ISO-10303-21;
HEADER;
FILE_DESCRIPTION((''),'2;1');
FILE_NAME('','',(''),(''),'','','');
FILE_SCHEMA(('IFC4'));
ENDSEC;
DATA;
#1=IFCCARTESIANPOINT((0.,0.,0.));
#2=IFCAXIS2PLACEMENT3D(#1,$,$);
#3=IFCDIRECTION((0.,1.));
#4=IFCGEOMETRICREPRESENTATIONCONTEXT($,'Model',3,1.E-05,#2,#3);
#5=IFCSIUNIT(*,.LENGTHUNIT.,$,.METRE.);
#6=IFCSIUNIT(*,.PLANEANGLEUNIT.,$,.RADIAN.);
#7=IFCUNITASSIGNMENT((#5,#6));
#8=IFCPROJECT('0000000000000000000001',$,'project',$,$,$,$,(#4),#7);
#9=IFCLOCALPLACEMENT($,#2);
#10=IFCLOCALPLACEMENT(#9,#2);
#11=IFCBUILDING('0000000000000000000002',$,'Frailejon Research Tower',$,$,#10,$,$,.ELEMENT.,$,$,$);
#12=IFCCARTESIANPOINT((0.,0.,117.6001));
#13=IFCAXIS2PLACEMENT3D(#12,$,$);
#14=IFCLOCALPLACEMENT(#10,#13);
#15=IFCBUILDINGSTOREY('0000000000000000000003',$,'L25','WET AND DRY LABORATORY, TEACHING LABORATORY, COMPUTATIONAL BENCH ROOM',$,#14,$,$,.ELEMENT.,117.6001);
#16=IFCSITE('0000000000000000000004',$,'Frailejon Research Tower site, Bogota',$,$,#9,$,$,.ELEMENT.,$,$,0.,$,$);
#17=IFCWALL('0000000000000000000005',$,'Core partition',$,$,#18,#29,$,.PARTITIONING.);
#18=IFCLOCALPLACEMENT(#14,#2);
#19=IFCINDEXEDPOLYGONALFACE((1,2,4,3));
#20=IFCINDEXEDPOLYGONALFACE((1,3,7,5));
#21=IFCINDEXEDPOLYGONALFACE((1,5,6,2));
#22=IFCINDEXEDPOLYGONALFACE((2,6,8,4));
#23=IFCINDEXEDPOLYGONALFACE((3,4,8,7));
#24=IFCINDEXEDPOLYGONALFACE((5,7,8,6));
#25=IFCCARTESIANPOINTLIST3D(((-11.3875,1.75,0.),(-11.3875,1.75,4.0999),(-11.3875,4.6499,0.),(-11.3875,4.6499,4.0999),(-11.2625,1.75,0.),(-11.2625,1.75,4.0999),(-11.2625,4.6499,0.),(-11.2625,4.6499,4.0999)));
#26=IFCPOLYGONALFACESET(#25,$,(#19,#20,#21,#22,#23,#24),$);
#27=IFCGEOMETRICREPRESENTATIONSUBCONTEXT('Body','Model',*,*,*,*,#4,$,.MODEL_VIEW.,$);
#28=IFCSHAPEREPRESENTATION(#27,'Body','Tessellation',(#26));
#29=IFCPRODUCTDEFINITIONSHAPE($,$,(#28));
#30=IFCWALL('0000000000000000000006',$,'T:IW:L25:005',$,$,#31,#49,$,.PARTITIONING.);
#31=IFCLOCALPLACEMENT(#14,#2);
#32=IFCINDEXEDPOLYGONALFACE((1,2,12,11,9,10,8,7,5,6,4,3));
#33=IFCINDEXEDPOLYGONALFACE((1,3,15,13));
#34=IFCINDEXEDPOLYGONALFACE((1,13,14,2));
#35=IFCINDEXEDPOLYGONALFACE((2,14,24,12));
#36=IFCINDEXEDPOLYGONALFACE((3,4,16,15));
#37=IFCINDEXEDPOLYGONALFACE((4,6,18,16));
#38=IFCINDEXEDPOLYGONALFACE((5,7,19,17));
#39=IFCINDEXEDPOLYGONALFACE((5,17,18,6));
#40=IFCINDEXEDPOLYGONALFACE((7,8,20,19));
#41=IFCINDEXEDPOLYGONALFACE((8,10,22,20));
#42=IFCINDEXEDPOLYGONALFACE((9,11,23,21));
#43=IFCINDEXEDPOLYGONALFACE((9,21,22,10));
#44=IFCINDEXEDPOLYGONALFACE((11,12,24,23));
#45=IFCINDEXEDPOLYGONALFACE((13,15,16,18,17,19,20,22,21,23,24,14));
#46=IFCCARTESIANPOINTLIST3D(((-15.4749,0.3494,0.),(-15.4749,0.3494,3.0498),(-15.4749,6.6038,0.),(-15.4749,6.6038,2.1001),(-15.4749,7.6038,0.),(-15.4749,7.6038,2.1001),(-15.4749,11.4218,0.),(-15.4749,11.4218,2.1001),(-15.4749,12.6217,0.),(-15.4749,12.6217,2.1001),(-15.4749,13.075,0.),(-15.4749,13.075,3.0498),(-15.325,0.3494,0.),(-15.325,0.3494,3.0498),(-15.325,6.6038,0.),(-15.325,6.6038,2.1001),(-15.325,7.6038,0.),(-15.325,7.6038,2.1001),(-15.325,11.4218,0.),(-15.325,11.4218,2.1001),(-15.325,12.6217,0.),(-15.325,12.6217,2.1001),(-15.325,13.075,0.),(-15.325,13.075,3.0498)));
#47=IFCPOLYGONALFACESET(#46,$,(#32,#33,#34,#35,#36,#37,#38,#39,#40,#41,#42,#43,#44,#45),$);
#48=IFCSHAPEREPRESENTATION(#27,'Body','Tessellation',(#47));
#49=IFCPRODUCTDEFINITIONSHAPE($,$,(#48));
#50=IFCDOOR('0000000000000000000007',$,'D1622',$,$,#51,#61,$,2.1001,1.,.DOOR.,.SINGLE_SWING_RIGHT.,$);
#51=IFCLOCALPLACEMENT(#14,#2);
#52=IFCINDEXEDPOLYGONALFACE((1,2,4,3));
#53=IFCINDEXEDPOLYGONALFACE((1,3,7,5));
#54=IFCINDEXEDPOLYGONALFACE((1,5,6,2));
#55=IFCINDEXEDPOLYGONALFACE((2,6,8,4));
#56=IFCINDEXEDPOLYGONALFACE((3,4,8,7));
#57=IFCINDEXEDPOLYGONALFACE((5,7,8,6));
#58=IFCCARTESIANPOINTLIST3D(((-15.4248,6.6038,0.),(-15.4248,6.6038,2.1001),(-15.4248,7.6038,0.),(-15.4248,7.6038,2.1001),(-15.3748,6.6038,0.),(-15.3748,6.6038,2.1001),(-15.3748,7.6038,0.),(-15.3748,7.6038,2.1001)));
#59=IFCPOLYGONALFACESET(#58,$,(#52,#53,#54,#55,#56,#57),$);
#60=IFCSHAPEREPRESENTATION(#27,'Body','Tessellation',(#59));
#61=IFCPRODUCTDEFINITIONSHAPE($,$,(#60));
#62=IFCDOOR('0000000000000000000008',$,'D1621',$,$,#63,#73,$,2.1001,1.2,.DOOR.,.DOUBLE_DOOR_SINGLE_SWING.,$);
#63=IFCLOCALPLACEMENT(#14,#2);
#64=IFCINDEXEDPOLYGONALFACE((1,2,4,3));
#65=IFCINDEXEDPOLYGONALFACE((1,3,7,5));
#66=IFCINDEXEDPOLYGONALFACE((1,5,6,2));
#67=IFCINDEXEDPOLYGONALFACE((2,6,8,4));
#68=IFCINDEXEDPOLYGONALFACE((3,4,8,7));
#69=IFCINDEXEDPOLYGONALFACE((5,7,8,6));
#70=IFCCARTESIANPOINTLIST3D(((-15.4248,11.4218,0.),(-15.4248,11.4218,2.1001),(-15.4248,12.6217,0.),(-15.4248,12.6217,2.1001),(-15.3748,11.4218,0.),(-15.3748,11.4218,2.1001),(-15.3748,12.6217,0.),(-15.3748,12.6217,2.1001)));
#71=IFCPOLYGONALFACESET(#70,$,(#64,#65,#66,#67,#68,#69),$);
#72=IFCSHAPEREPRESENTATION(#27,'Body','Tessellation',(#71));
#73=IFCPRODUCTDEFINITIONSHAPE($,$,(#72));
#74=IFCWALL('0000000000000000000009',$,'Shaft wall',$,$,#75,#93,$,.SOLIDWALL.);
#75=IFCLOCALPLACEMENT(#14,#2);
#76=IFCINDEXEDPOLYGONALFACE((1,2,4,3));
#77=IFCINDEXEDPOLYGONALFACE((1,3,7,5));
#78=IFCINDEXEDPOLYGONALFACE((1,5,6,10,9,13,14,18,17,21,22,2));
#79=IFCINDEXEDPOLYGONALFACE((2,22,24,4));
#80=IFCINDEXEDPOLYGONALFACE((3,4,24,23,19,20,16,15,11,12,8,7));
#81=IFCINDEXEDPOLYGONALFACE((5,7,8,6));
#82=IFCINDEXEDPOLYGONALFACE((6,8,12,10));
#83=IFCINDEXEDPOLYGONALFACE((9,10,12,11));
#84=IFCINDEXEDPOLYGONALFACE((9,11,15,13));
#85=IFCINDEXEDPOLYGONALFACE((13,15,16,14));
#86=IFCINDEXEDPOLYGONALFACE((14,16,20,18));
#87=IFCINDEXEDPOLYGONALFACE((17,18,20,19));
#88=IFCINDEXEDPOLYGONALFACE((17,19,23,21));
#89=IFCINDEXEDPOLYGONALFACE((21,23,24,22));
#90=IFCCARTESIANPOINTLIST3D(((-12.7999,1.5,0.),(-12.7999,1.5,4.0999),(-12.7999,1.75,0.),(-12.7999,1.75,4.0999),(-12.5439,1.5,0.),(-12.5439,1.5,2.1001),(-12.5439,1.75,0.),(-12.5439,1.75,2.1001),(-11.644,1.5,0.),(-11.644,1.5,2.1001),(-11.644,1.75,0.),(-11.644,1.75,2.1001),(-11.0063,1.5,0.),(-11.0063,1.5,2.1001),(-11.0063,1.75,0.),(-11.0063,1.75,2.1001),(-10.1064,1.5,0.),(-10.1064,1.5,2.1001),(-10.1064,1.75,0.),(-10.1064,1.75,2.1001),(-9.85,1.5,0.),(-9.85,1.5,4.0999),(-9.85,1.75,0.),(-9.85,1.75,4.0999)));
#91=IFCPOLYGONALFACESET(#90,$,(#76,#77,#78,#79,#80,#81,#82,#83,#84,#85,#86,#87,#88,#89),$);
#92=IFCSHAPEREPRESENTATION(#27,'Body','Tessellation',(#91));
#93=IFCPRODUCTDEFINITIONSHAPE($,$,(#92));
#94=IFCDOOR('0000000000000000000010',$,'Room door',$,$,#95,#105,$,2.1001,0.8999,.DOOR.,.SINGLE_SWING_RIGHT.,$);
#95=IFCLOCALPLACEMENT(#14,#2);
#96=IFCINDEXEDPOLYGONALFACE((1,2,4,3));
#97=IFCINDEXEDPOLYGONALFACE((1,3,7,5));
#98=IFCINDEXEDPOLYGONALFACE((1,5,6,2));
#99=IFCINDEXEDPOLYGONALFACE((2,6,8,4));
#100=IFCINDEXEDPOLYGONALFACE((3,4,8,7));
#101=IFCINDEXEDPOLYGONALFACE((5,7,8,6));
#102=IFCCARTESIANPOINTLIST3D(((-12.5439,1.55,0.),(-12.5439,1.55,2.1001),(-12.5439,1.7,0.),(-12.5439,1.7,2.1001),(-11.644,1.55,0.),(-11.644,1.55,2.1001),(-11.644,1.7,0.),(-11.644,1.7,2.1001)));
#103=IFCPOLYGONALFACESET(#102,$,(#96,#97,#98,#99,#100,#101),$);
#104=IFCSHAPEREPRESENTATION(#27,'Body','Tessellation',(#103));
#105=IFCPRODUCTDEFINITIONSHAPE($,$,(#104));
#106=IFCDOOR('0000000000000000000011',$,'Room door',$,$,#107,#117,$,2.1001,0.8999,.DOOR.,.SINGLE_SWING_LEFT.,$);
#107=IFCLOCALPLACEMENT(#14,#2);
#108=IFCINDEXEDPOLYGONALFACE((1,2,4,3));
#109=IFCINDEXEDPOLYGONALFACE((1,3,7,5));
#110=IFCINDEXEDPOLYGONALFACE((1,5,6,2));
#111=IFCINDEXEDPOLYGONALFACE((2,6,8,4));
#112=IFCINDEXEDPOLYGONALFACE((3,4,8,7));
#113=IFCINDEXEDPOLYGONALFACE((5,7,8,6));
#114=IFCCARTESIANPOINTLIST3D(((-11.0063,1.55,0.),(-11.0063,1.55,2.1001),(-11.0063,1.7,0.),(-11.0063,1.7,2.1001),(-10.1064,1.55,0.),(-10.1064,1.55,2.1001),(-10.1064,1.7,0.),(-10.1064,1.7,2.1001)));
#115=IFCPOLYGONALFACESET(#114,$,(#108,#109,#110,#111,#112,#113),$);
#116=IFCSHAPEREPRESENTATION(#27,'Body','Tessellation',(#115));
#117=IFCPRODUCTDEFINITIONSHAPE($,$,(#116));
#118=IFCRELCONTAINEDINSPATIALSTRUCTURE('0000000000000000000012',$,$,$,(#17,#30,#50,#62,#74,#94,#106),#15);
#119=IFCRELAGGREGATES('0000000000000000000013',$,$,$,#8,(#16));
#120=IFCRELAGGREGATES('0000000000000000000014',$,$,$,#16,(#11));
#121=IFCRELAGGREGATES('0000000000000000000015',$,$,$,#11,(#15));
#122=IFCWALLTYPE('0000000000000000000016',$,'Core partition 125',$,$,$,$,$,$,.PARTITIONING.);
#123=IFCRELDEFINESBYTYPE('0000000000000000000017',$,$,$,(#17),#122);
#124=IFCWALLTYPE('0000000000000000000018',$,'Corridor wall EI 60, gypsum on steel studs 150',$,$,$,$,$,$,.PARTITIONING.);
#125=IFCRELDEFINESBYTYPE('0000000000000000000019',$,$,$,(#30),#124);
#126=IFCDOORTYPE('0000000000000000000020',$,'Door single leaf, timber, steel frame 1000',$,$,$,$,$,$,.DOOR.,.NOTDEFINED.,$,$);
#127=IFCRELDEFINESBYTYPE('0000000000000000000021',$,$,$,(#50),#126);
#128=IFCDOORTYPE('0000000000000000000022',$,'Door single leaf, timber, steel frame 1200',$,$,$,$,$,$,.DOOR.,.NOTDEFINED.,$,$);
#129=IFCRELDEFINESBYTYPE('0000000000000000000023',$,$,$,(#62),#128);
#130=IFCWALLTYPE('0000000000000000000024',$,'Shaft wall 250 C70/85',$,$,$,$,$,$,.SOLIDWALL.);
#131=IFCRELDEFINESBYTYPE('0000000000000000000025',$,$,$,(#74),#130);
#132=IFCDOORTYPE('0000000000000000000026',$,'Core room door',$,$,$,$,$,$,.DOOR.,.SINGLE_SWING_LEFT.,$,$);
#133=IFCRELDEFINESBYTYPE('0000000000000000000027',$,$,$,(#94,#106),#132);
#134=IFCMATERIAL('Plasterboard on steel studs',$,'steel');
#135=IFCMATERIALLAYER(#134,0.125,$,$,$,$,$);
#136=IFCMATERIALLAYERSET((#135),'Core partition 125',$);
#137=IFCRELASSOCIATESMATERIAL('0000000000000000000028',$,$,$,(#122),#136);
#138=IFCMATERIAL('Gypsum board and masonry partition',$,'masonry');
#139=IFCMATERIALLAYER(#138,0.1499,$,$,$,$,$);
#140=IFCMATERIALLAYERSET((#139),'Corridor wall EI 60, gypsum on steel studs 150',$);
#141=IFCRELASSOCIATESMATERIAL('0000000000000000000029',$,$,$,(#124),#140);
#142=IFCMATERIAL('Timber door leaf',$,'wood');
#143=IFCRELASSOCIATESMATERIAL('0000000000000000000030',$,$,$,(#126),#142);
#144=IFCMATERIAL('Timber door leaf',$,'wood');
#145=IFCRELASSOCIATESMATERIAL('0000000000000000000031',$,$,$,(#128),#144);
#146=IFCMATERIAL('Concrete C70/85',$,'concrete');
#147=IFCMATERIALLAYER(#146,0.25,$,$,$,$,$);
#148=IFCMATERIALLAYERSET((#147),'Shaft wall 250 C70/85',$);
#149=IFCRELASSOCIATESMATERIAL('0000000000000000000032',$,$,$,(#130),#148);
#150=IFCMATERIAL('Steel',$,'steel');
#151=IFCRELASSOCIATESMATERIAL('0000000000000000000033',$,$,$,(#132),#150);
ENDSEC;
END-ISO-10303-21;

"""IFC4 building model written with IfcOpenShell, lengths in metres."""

from ifc_helpers import new_model, si_unit, direction, frame, frame_2d, origin, place, context, subcontext, project, spatial, rectangle, extrude, material, layer, layer_set, type_object, element, fill, save


model = new_model("IFC4")

# Units and contexts
model_context = context("Model", 3, precision=1e-05, world=origin(), true_north=direction((0.0, 1.0)))
body_context = subcontext(model_context, "Body", "Model", "MODEL_VIEW")
ifc_project = project(units=[si_unit("LENGTHUNIT", "METRE"), si_unit("PLANEANGLEUNIT", "RADIAN")], contexts=[model_context])

# Site, building, storey
site_placement = place(None, origin())
site = spatial("IfcSite", under=ifc_project, at=site_placement, Name="Frailejon Research Tower site, Bogota", CompositionType="ELEMENT", RefElevation=0.0)
building_placement = place(site_placement, origin())
building = spatial("IfcBuilding", under=site, at=building_placement, Name="Frailejon Research Tower", CompositionType="ELEMENT")
storey_placement = place(building_placement, frame((0.0, 0.0, 117.6001)))
storey = spatial("IfcBuildingStorey", under=building, at=storey_placement, Name="L25", Description="WET AND DRY LABORATORY, TEACHING LABORATORY, COMPUTATIONAL BENCH ROOM", CompositionType="ELEMENT", Elevation=117.6001)

# Wall
ifc_material_1 = material(Name="Plasterboard on steel studs", Category="steel")
ifc_layer_1 = layer(ifc_material_1, 0.125)
ifc_layer_set_1 = layer_set([ifc_layer_1], Name="Core partition 125")
wall_type_1 = type_object("IfcWallType", Name="Core partition 125", PredefinedType="PARTITIONING", material=ifc_layer_set_1)
wall_1_placement = place(storey_placement, frame((-11.325, 1.75, 0.0), z_axis=(0.0, 0.0, 1.0), x_axis=(0.0, 1.0, 0.0)))
element("IfcWall", 1, at=wall_1_placement, inside=storey, type_object=wall_type_1, Name="Core partition", PredefinedType="PARTITIONING", context=body_context, shape_type="SweptSolid", body=[
    extrude(rectangle(XDim=2.8999, YDim=0.125, at=frame_2d((1.45, 0.0))), origin(), (0.0, 0.0, 1.0), 4.0999),
])

# Walls, openings, doors
ifc_material_2 = material(Name="Gypsum board and masonry partition", Category="masonry")
ifc_layer_2 = layer(ifc_material_2, 0.1499)
ifc_layer_set_2 = layer_set([ifc_layer_2], Name="Corridor wall EI 60, gypsum on steel studs 150")
wall_type_2 = type_object("IfcWallType", Name="Corridor wall EI 60, gypsum on steel studs 150", PredefinedType="PARTITIONING", material=ifc_layer_set_2)
wall_2_placement = place(storey_placement, frame((-15.3999, 0.3494, 0.0), z_axis=(0.0, 0.0, 1.0), x_axis=(0.0, 1.0, 0.0)))
wall_2 = element("IfcWall", 2, at=wall_2_placement, inside=storey, type_object=wall_type_2, Name="T:IW:L25:005", PredefinedType="PARTITIONING", context=body_context, shape_type="SweptSolid", body=[
    extrude(rectangle(XDim=12.7256, YDim=0.1499, at=frame_2d((6.3628, 0.0))), origin(), (0.0, 0.0, 1.0), 3.0498),
])
opening_1_placement = place(wall_2_placement, frame((11.0723, 0.0, 0.0)))
opening_1 = element("IfcOpeningElement", 3, at=opening_1_placement, cuts=wall_2, PredefinedType="OPENING", context=body_context, shape_type="SweptSolid", body=[
    extrude(rectangle(XDim=1.2, YDim=2.1001, at=frame_2d((0.6001, 1.05))), frame((0.0, 0.085, 0.0), z_axis=(0.0, -1.0, 0.0), x_axis=(1.0, 0.0, 0.0)), (0.0, 0.0, 1.0), 0.1699),
])
opening_2_placement = place(wall_2_placement, frame((6.2544, 0.0, 0.0)))
opening_2 = element("IfcOpeningElement", 4, at=opening_2_placement, cuts=wall_2, PredefinedType="OPENING", context=body_context, shape_type="SweptSolid", body=[
    extrude(rectangle(XDim=1.0, YDim=2.1001, at=frame_2d((0.5, 1.05))), frame((0.0, 0.085, 0.0), z_axis=(0.0, -1.0, 0.0), x_axis=(1.0, 0.0, 0.0)), (0.0, 0.0, 1.0), 0.1699),
])
ifc_material_3 = material(Name="Timber door leaf", Category="wood")
door_type_1 = type_object("IfcDoorType", Name="Door single leaf, timber, steel frame 1000", OperationType="NOTDEFINED", PredefinedType="DOOR", material=ifc_material_3)
door_1_placement = place(opening_2_placement, origin())
door_1 = element("IfcDoor", 5, at=door_1_placement, inside=storey, type_object=door_type_1, Name="D1622", OperationType="SINGLE_SWING_RIGHT", OverallHeight=2.1001, OverallWidth=1.0, PredefinedType="DOOR", context=body_context, shape_type="SweptSolid", body=[
    extrude(rectangle(XDim=1.0, YDim=2.1001, at=frame_2d((0.5, 1.05))), frame((0.0, 0.0249, 0.0), z_axis=(0.0, -1.0, 0.0), x_axis=(1.0, 0.0, 0.0)), (0.0, 0.0, 1.0), 0.05),
])
fill(opening_2, door_1)
ifc_material_4 = material(Name="Timber door leaf", Category="wood")
door_type_2 = type_object("IfcDoorType", Name="Door single leaf, timber, steel frame 1200", OperationType="NOTDEFINED", PredefinedType="DOOR", material=ifc_material_4)
door_2_placement = place(opening_1_placement, origin())
door_2 = element("IfcDoor", 6, at=door_2_placement, inside=storey, type_object=door_type_2, Name="D1621", OperationType="DOUBLE_DOOR_SINGLE_SWING", OverallHeight=2.1001, OverallWidth=1.2, PredefinedType="DOOR", context=body_context, shape_type="SweptSolid", body=[
    extrude(rectangle(XDim=1.2, YDim=2.1001, at=frame_2d((0.6001, 1.05))), frame((0.0, 0.0249, 0.0), z_axis=(0.0, -1.0, 0.0), x_axis=(1.0, 0.0, 0.0)), (0.0, 0.0, 1.0), 0.05),
])
fill(opening_1, door_2)
ifc_material_5 = material(Name="Concrete C70/85", Category="concrete")
ifc_layer_3 = layer(ifc_material_5, 0.25)
ifc_layer_set_3 = layer_set([ifc_layer_3], Name="Shaft wall 250 C70/85")
wall_type_3 = type_object("IfcWallType", Name="Shaft wall 250 C70/85", PredefinedType="SOLIDWALL", material=ifc_layer_set_3)
wall_3_placement = place(storey_placement, frame((-12.8, 1.625, 0.0), z_axis=(0.0, 0.0, 1.0), x_axis=(1.0, 0.0, 0.0)))
wall_3 = element("IfcWall", 7, at=wall_3_placement, inside=storey, type_object=wall_type_3, Name="Shaft wall", PredefinedType="SOLIDWALL", context=body_context, shape_type="SweptSolid", body=[
    extrude(rectangle(XDim=2.95, YDim=0.25, at=frame_2d((1.4751, 0.0))), origin(), (0.0, 0.0, 1.0), 4.0999),
])
opening_3_placement = place(wall_3_placement, frame((0.2561, 0.0, 0.0)))
opening_3 = element("IfcOpeningElement", 8, at=opening_3_placement, cuts=wall_3, PredefinedType="OPENING", context=body_context, shape_type="SweptSolid", body=[
    extrude(rectangle(XDim=0.8999, YDim=2.1001, at=frame_2d((0.45, 1.05))), frame((0.0, 0.135, 0.0), z_axis=(0.0, -1.0, 0.0), x_axis=(1.0, 0.0, 0.0)), (0.0, 0.0, 1.0), 0.27),
])
opening_4_placement = place(wall_3_placement, frame((1.7937, 0.0, 0.0)))
opening_4 = element("IfcOpeningElement", 9, at=opening_4_placement, cuts=wall_3, PredefinedType="OPENING", context=body_context, shape_type="SweptSolid", body=[
    extrude(rectangle(XDim=0.8999, YDim=2.1001, at=frame_2d((0.45, 1.05))), frame((0.0, 0.135, 0.0), z_axis=(0.0, -1.0, 0.0), x_axis=(1.0, 0.0, 0.0)), (0.0, 0.0, 1.0), 0.27),
])
ifc_material_6 = material(Name="Steel", Category="steel")
door_type_3 = type_object("IfcDoorType", Name="Core room door", OperationType="SINGLE_SWING_LEFT", PredefinedType="DOOR", material=ifc_material_6)
door_3_placement = place(opening_3_placement, origin())
door_3 = element("IfcDoor", 10, at=door_3_placement, inside=storey, type_object=door_type_3, Name="Room door", OperationType="SINGLE_SWING_RIGHT", OverallHeight=2.1001, OverallWidth=0.8999, PredefinedType="DOOR", context=body_context, shape_type="SweptSolid", body=[
    extrude(rectangle(XDim=0.8999, YDim=2.1001, at=frame_2d((0.45, 1.05))), frame((0.0, 0.075, 0.0), z_axis=(0.0, -1.0, 0.0), x_axis=(1.0, 0.0, 0.0)), (0.0, 0.0, 1.0), 0.1499),
])
fill(opening_3, door_3)
door_4_placement = place(opening_4_placement, origin())
door_4 = element("IfcDoor", 11, at=door_4_placement, inside=storey, type_object=door_type_3, Name="Room door", OperationType="SINGLE_SWING_LEFT", OverallHeight=2.1001, OverallWidth=0.8999, PredefinedType="DOOR", context=body_context, shape_type="SweptSolid", body=[
    extrude(rectangle(XDim=0.8999, YDim=2.1001, at=frame_2d((0.45, 1.05))), frame((0.0, 0.075, 0.0), z_axis=(0.0, -1.0, 0.0), x_axis=(1.0, 0.0, 0.0)), (0.0, 0.0, 1.0), 0.1499),
])
fill(opening_4, door_4)

save(model, "model.ifc")
